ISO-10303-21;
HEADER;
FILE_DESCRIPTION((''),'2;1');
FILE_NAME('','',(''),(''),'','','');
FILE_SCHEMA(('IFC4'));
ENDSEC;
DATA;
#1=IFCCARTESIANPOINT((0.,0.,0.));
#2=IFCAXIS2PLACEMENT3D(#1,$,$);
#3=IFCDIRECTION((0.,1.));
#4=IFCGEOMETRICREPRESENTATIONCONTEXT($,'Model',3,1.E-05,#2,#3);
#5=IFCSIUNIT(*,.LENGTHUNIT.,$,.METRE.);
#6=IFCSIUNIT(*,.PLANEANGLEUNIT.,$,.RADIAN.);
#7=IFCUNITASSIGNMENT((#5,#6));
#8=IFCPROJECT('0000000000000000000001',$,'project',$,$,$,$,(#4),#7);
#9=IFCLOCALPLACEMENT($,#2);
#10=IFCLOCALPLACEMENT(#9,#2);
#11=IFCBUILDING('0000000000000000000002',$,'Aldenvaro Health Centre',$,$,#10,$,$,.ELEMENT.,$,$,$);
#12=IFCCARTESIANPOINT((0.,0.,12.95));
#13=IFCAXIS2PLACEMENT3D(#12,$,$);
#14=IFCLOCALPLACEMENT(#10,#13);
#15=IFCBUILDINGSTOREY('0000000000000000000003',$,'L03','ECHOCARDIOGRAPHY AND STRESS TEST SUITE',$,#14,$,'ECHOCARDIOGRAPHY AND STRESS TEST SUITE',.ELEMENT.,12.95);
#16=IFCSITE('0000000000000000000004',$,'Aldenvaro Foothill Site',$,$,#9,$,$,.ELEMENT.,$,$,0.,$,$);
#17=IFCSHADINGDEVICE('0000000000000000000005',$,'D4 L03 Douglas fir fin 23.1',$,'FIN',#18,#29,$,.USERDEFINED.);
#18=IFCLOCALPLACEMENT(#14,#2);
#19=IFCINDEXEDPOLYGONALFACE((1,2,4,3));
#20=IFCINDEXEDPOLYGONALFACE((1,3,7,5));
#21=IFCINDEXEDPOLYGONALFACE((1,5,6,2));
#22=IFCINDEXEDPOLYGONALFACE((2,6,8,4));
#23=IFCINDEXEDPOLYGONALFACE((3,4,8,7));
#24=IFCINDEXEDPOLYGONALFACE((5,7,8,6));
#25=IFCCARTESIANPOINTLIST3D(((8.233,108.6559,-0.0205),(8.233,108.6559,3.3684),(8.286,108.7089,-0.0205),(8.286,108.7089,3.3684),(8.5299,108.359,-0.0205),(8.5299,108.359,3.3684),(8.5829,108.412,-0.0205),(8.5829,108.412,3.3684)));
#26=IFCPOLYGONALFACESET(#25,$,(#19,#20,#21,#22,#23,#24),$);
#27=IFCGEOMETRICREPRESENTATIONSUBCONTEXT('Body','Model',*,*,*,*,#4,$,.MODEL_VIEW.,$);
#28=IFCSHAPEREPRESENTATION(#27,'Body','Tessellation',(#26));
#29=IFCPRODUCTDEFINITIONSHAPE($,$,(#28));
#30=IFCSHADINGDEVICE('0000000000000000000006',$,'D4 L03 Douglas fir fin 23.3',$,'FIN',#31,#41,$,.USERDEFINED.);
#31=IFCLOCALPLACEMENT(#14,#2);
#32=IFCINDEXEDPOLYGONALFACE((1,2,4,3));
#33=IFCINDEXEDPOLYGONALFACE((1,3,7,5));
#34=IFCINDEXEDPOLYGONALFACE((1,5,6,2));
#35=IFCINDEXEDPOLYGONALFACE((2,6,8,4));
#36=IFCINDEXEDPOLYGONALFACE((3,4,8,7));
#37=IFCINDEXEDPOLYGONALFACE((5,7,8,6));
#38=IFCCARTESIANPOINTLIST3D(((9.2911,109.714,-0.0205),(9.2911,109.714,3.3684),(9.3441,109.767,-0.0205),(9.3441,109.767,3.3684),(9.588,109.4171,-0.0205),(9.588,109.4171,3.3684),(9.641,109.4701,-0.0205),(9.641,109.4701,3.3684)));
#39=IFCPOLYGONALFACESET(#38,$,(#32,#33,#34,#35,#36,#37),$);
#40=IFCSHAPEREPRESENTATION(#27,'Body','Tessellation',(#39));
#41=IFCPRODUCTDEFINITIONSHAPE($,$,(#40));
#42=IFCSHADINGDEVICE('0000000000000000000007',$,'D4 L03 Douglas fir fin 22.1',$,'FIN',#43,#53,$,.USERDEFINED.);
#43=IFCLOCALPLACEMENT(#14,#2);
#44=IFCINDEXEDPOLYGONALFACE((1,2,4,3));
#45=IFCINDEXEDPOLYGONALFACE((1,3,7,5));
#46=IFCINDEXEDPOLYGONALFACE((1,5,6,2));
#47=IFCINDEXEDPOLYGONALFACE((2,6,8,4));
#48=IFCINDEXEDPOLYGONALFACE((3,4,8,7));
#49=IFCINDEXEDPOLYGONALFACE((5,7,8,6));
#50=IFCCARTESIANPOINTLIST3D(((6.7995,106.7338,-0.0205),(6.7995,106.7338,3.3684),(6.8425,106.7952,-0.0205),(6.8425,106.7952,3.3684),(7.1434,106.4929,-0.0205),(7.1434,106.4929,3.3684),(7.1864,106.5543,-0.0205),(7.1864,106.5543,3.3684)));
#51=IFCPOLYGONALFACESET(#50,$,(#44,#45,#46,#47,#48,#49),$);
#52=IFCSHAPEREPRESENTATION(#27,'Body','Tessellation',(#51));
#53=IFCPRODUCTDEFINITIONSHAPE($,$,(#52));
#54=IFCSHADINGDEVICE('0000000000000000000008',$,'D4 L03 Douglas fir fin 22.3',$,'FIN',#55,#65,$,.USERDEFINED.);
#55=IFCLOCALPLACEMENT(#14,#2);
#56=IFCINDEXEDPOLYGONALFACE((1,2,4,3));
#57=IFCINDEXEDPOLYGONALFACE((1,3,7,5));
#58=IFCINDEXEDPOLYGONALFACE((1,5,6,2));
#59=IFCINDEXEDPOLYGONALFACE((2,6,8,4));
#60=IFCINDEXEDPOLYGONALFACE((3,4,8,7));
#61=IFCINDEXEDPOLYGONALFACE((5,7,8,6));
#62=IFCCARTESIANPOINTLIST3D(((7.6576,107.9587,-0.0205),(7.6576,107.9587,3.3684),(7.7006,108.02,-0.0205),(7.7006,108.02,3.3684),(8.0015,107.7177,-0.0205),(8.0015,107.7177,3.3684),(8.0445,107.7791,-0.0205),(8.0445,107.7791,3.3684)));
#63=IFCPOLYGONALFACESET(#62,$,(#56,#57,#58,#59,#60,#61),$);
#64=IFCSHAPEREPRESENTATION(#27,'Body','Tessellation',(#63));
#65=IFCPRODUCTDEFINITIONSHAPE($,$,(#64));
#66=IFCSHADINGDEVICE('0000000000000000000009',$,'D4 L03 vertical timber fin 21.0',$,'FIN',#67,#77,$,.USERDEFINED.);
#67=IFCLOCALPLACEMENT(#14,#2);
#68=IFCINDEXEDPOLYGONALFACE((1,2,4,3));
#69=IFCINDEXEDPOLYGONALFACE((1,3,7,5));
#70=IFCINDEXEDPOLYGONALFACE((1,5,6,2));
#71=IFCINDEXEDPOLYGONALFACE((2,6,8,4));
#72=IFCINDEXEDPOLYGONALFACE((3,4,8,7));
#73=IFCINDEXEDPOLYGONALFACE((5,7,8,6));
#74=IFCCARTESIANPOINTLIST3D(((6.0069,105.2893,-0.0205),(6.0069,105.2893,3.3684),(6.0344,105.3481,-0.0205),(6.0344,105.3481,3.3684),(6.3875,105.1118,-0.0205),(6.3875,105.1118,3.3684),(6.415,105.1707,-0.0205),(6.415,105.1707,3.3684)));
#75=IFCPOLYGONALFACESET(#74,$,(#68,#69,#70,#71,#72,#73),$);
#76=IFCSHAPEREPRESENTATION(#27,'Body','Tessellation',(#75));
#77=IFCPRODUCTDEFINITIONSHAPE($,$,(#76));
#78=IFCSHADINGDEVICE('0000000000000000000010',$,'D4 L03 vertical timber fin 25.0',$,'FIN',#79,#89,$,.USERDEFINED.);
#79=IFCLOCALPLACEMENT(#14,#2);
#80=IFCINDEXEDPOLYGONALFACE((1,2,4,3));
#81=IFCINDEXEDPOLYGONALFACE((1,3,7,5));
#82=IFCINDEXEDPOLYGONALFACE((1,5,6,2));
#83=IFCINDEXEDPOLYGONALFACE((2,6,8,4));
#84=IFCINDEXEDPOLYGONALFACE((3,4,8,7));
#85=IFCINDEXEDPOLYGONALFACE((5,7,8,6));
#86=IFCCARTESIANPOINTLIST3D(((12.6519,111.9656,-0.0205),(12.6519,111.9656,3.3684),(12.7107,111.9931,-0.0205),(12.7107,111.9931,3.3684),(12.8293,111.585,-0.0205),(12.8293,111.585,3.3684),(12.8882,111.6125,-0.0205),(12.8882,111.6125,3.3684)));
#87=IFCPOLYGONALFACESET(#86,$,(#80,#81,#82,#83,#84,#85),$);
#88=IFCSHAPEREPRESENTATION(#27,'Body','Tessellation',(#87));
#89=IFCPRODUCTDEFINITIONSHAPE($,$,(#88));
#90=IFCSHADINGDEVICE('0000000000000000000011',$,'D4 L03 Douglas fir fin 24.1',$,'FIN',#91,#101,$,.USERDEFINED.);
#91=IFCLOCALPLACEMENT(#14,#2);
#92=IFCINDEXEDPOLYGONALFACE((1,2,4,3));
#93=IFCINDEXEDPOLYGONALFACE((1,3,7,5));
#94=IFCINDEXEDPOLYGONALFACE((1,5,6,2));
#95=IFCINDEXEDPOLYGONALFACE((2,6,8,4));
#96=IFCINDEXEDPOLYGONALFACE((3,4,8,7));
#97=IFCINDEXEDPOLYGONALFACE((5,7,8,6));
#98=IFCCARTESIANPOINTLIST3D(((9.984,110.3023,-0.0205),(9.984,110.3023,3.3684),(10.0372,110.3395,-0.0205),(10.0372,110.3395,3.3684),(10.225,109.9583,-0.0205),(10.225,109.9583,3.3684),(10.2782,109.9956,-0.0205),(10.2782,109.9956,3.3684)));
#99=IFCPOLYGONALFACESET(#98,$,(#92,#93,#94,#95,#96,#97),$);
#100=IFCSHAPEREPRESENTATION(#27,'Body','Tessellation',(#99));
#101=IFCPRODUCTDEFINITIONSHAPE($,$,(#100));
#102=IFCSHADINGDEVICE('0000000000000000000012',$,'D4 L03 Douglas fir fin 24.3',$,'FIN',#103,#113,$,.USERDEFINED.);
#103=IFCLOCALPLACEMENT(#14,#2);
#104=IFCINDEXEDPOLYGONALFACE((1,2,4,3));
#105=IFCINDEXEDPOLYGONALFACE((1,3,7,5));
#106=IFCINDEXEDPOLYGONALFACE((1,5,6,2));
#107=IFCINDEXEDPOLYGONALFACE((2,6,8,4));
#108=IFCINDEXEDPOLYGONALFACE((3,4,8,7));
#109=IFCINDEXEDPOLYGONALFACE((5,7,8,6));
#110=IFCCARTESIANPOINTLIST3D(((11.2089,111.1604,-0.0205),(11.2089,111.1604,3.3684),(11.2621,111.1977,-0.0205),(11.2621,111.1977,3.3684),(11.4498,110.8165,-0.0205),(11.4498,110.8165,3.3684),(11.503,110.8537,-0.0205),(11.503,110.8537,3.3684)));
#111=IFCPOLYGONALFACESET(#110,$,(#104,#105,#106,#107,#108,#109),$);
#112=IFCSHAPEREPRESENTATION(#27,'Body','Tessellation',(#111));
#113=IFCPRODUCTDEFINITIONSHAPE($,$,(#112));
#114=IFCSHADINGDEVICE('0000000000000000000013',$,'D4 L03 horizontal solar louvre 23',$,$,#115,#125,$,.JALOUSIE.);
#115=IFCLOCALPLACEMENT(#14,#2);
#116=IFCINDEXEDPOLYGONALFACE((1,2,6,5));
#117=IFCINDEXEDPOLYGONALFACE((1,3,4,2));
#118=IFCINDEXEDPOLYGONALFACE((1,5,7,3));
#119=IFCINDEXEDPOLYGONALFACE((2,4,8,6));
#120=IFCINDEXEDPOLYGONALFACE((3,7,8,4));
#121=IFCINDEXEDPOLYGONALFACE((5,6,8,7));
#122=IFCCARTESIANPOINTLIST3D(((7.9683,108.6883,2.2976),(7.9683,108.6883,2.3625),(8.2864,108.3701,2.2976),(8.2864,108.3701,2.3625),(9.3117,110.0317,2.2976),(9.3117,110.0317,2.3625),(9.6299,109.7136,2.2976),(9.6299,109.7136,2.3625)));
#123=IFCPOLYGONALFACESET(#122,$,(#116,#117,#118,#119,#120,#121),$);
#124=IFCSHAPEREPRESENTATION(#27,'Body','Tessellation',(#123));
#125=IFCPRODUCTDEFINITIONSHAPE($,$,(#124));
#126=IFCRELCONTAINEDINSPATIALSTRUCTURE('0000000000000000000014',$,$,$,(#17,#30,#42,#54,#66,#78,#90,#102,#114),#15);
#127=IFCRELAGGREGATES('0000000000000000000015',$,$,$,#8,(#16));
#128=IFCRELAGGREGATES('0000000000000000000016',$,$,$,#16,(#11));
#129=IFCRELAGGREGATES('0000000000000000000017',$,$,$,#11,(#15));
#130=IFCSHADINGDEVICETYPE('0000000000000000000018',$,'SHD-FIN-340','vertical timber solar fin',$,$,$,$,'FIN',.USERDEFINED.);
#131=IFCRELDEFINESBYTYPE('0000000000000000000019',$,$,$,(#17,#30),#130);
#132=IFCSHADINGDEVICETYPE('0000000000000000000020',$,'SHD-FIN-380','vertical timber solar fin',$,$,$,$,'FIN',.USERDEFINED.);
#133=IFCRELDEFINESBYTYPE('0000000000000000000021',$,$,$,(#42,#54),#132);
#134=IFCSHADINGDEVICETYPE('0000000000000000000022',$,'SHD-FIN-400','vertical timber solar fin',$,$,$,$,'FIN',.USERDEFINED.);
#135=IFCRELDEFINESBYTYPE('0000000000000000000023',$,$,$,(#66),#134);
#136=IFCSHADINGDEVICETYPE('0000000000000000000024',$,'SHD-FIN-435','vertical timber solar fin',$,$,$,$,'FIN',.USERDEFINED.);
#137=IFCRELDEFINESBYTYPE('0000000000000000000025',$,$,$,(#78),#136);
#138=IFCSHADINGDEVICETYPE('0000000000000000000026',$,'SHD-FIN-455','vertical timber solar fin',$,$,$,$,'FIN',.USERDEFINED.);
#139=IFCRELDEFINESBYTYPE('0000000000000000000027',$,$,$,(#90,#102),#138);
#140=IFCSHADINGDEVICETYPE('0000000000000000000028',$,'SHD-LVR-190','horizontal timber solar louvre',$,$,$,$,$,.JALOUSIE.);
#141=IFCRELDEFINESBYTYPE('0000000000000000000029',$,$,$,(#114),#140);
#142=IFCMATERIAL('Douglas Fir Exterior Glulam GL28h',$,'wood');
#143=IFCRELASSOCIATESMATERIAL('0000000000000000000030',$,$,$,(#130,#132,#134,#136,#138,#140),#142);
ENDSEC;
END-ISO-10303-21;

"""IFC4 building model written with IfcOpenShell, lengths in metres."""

from ifc_helpers import new_model, si_unit, direction, frame, origin, origin_2d, place, context, subcontext, project, spatial, rectangle, extrude, material, type_object, element, save


model = new_model("IFC4")

# Units and contexts
model_context = context("Model", 3, precision=1e-05, world=origin(), true_north=direction((0.0, 1.0)))
body_context = subcontext(model_context, "Body", "Model", "MODEL_VIEW")
ifc_project = project(units=[si_unit("LENGTHUNIT", "METRE"), si_unit("PLANEANGLEUNIT", "RADIAN")], contexts=[model_context])

# Site, building, storey
site_placement = place(None, origin())
site = spatial("IfcSite", under=ifc_project, at=site_placement, Name="Aldenvaro Foothill Site", CompositionType="ELEMENT", RefElevation=0.0)
building_placement = place(site_placement, origin())
building = spatial("IfcBuilding", under=site, at=building_placement, Name="Aldenvaro Health Centre", CompositionType="ELEMENT")
storey_placement = place(building_placement, frame((0.0, 0.0, 12.95)))
storey = spatial("IfcBuildingStorey", under=building, at=storey_placement, Name="L03", Description="ECHOCARDIOGRAPHY AND STRESS TEST SUITE", LongName="ECHOCARDIOGRAPHY AND STRESS TEST SUITE", CompositionType="ELEMENT", Elevation=12.95)

# Shading devices
ifc_material_1 = material(Name="Douglas Fir Exterior Glulam GL28h", Category="wood")
shading_device_type_1 = type_object("IfcShadingDeviceType", Name="SHD-FIN-340", Description="vertical timber solar fin", ElementType="FIN", PredefinedType="USERDEFINED", material=ifc_material_1)
for number, where, z_axis, x_axis, name in (
    (1, (8.408, 108.5339, -0.0205), (0.0, 0.0, 1.0), (0.707107, 0.707107, 0.0), "D4 L03 Douglas fir fin 23.1"),
    (2, (9.4661, 109.592, -0.0205), (0.0, 0.0, 1.0), (0.707107, 0.707107, 0.0), "D4 L03 Douglas fir fin 23.3"),
):
    element("IfcShadingDevice", number, at=place(storey_placement, frame(where, z_axis=z_axis, x_axis=x_axis)), inside=storey, type_object=shading_device_type_1, Name=name, ObjectType="FIN", PredefinedType="USERDEFINED", context=body_context, shape_type="SweptSolid", body=[
        extrude(rectangle(XDim=0.075, YDim=0.4199, at=origin_2d()), origin(), (0.0, 0.0, 1.0), 3.3889),
    ])
shading_device_type_2 = type_object("IfcShadingDeviceType", Name="SHD-FIN-380", Description="vertical timber solar fin", ElementType="FIN", PredefinedType="USERDEFINED", material=ifc_material_1)
for number, where, z_axis, x_axis, name in (
    (3, (6.9929, 106.644, -0.0205), (0.0, 0.0, 1.0), (0.573721, 0.819051, 0.0), "D4 L03 Douglas fir fin 22.1"),
    (4, (7.8511, 107.8689, -0.0205), (0.0, 0.0, 1.0), (0.573721, 0.819051, 0.0), "D4 L03 Douglas fir fin 22.3"),
):
    element("IfcShadingDevice", number, at=place(storey_placement, frame(where, z_axis=z_axis, x_axis=x_axis)), inside=storey, type_object=shading_device_type_2, Name=name, ObjectType="FIN", PredefinedType="USERDEFINED", context=body_context, shape_type="SweptSolid", body=[
        extrude(rectangle(XDim=0.075, YDim=0.4199, at=origin_2d()), origin(), (0.0, 0.0, 1.0), 3.3889),
    ])
shading_device_type_3 = type_object("IfcShadingDeviceType", Name="SHD-FIN-400", Description="vertical timber solar fin", ElementType="FIN", PredefinedType="USERDEFINED", material=ifc_material_1)
shading_device_1_placement = place(storey_placement, frame((6.2109, 105.23, -0.0205), z_axis=(0.0, 0.0, 1.0), x_axis=(0.422557, 0.906336, 0.0)))
element("IfcShadingDevice", 5, at=shading_device_1_placement, inside=storey, type_object=shading_device_type_3, Name="D4 L03 vertical timber fin 21.0", ObjectType="FIN", PredefinedType="USERDEFINED", context=body_context, shape_type="SweptSolid", body=[
    extrude(rectangle(XDim=0.0649, YDim=0.4199, at=origin_2d()), origin(), (0.0, 0.0, 1.0), 3.3889),
])
shading_device_type_4 = type_object("IfcShadingDeviceType", Name="SHD-FIN-435", Description="vertical timber solar fin", ElementType="FIN", PredefinedType="USERDEFINED", material=ifc_material_1)
shading_device_2_placement = place(storey_placement, frame((12.77, 111.7891, -0.0205), z_axis=(0.0, 0.0, 1.0), x_axis=(0.906336, 0.422557, 0.0)))
element("IfcShadingDevice", 6, at=shading_device_2_placement, inside=storey, type_object=shading_device_type_4, Name="D4 L03 vertical timber fin 25.0", ObjectType="FIN", PredefinedType="USERDEFINED", context=body_context, shape_type="SweptSolid", body=[
    extrude(rectangle(XDim=0.0649, YDim=0.4199, at=origin_2d()), origin(), (0.0, 0.0, 1.0), 3.3889),
])
shading_device_type_5 = type_object("IfcShadingDeviceType", Name="SHD-FIN-455", Description="vertical timber solar fin", ElementType="FIN", PredefinedType="USERDEFINED", material=ifc_material_1)
for number, where, z_axis, x_axis, name in (
    (7, (10.1311, 110.1489, -0.0205), (0.0, 0.0, 1.0), (0.819051, 0.573721, 0.0), "D4 L03 Douglas fir fin 24.1"),
    (8, (11.356, 111.0071, -0.0205), (0.0, 0.0, 1.0), (0.819051, 0.573721, 0.0), "D4 L03 Douglas fir fin 24.3"),
):
    element("IfcShadingDevice", number, at=place(storey_placement, frame(where, z_axis=z_axis, x_axis=x_axis)), inside=storey, type_object=shading_device_type_5, Name=name, ObjectType="FIN", PredefinedType="USERDEFINED", context=body_context, shape_type="SweptSolid", body=[
        extrude(rectangle(XDim=0.0649, YDim=0.4199, at=origin_2d()), origin(), (0.0, 0.0, 1.0), 3.3889),
    ])
shading_device_type_6 = type_object("IfcShadingDeviceType", Name="SHD-LVR-190", Description="horizontal timber solar louvre", PredefinedType="JALOUSIE", material=ifc_material_1)
shading_device_3_placement = place(storey_placement, frame((8.7991, 109.2009, 2.2976), z_axis=(0.0, 0.0, 1.0), x_axis=(0.707107, 0.707107, 0.0)))
element("IfcShadingDevice", 9, at=shading_device_3_placement, inside=storey, type_object=shading_device_type_6, Name="D4 L03 horizontal solar louvre 23", PredefinedType="JALOUSIE", context=body_context, shape_type="SweptSolid", body=[
    extrude(rectangle(XDim=1.8999, YDim=0.45, at=origin_2d()), origin(), (0.0, 0.0, 1.0), 0.0649),
])

save(model, "model.ifc")
